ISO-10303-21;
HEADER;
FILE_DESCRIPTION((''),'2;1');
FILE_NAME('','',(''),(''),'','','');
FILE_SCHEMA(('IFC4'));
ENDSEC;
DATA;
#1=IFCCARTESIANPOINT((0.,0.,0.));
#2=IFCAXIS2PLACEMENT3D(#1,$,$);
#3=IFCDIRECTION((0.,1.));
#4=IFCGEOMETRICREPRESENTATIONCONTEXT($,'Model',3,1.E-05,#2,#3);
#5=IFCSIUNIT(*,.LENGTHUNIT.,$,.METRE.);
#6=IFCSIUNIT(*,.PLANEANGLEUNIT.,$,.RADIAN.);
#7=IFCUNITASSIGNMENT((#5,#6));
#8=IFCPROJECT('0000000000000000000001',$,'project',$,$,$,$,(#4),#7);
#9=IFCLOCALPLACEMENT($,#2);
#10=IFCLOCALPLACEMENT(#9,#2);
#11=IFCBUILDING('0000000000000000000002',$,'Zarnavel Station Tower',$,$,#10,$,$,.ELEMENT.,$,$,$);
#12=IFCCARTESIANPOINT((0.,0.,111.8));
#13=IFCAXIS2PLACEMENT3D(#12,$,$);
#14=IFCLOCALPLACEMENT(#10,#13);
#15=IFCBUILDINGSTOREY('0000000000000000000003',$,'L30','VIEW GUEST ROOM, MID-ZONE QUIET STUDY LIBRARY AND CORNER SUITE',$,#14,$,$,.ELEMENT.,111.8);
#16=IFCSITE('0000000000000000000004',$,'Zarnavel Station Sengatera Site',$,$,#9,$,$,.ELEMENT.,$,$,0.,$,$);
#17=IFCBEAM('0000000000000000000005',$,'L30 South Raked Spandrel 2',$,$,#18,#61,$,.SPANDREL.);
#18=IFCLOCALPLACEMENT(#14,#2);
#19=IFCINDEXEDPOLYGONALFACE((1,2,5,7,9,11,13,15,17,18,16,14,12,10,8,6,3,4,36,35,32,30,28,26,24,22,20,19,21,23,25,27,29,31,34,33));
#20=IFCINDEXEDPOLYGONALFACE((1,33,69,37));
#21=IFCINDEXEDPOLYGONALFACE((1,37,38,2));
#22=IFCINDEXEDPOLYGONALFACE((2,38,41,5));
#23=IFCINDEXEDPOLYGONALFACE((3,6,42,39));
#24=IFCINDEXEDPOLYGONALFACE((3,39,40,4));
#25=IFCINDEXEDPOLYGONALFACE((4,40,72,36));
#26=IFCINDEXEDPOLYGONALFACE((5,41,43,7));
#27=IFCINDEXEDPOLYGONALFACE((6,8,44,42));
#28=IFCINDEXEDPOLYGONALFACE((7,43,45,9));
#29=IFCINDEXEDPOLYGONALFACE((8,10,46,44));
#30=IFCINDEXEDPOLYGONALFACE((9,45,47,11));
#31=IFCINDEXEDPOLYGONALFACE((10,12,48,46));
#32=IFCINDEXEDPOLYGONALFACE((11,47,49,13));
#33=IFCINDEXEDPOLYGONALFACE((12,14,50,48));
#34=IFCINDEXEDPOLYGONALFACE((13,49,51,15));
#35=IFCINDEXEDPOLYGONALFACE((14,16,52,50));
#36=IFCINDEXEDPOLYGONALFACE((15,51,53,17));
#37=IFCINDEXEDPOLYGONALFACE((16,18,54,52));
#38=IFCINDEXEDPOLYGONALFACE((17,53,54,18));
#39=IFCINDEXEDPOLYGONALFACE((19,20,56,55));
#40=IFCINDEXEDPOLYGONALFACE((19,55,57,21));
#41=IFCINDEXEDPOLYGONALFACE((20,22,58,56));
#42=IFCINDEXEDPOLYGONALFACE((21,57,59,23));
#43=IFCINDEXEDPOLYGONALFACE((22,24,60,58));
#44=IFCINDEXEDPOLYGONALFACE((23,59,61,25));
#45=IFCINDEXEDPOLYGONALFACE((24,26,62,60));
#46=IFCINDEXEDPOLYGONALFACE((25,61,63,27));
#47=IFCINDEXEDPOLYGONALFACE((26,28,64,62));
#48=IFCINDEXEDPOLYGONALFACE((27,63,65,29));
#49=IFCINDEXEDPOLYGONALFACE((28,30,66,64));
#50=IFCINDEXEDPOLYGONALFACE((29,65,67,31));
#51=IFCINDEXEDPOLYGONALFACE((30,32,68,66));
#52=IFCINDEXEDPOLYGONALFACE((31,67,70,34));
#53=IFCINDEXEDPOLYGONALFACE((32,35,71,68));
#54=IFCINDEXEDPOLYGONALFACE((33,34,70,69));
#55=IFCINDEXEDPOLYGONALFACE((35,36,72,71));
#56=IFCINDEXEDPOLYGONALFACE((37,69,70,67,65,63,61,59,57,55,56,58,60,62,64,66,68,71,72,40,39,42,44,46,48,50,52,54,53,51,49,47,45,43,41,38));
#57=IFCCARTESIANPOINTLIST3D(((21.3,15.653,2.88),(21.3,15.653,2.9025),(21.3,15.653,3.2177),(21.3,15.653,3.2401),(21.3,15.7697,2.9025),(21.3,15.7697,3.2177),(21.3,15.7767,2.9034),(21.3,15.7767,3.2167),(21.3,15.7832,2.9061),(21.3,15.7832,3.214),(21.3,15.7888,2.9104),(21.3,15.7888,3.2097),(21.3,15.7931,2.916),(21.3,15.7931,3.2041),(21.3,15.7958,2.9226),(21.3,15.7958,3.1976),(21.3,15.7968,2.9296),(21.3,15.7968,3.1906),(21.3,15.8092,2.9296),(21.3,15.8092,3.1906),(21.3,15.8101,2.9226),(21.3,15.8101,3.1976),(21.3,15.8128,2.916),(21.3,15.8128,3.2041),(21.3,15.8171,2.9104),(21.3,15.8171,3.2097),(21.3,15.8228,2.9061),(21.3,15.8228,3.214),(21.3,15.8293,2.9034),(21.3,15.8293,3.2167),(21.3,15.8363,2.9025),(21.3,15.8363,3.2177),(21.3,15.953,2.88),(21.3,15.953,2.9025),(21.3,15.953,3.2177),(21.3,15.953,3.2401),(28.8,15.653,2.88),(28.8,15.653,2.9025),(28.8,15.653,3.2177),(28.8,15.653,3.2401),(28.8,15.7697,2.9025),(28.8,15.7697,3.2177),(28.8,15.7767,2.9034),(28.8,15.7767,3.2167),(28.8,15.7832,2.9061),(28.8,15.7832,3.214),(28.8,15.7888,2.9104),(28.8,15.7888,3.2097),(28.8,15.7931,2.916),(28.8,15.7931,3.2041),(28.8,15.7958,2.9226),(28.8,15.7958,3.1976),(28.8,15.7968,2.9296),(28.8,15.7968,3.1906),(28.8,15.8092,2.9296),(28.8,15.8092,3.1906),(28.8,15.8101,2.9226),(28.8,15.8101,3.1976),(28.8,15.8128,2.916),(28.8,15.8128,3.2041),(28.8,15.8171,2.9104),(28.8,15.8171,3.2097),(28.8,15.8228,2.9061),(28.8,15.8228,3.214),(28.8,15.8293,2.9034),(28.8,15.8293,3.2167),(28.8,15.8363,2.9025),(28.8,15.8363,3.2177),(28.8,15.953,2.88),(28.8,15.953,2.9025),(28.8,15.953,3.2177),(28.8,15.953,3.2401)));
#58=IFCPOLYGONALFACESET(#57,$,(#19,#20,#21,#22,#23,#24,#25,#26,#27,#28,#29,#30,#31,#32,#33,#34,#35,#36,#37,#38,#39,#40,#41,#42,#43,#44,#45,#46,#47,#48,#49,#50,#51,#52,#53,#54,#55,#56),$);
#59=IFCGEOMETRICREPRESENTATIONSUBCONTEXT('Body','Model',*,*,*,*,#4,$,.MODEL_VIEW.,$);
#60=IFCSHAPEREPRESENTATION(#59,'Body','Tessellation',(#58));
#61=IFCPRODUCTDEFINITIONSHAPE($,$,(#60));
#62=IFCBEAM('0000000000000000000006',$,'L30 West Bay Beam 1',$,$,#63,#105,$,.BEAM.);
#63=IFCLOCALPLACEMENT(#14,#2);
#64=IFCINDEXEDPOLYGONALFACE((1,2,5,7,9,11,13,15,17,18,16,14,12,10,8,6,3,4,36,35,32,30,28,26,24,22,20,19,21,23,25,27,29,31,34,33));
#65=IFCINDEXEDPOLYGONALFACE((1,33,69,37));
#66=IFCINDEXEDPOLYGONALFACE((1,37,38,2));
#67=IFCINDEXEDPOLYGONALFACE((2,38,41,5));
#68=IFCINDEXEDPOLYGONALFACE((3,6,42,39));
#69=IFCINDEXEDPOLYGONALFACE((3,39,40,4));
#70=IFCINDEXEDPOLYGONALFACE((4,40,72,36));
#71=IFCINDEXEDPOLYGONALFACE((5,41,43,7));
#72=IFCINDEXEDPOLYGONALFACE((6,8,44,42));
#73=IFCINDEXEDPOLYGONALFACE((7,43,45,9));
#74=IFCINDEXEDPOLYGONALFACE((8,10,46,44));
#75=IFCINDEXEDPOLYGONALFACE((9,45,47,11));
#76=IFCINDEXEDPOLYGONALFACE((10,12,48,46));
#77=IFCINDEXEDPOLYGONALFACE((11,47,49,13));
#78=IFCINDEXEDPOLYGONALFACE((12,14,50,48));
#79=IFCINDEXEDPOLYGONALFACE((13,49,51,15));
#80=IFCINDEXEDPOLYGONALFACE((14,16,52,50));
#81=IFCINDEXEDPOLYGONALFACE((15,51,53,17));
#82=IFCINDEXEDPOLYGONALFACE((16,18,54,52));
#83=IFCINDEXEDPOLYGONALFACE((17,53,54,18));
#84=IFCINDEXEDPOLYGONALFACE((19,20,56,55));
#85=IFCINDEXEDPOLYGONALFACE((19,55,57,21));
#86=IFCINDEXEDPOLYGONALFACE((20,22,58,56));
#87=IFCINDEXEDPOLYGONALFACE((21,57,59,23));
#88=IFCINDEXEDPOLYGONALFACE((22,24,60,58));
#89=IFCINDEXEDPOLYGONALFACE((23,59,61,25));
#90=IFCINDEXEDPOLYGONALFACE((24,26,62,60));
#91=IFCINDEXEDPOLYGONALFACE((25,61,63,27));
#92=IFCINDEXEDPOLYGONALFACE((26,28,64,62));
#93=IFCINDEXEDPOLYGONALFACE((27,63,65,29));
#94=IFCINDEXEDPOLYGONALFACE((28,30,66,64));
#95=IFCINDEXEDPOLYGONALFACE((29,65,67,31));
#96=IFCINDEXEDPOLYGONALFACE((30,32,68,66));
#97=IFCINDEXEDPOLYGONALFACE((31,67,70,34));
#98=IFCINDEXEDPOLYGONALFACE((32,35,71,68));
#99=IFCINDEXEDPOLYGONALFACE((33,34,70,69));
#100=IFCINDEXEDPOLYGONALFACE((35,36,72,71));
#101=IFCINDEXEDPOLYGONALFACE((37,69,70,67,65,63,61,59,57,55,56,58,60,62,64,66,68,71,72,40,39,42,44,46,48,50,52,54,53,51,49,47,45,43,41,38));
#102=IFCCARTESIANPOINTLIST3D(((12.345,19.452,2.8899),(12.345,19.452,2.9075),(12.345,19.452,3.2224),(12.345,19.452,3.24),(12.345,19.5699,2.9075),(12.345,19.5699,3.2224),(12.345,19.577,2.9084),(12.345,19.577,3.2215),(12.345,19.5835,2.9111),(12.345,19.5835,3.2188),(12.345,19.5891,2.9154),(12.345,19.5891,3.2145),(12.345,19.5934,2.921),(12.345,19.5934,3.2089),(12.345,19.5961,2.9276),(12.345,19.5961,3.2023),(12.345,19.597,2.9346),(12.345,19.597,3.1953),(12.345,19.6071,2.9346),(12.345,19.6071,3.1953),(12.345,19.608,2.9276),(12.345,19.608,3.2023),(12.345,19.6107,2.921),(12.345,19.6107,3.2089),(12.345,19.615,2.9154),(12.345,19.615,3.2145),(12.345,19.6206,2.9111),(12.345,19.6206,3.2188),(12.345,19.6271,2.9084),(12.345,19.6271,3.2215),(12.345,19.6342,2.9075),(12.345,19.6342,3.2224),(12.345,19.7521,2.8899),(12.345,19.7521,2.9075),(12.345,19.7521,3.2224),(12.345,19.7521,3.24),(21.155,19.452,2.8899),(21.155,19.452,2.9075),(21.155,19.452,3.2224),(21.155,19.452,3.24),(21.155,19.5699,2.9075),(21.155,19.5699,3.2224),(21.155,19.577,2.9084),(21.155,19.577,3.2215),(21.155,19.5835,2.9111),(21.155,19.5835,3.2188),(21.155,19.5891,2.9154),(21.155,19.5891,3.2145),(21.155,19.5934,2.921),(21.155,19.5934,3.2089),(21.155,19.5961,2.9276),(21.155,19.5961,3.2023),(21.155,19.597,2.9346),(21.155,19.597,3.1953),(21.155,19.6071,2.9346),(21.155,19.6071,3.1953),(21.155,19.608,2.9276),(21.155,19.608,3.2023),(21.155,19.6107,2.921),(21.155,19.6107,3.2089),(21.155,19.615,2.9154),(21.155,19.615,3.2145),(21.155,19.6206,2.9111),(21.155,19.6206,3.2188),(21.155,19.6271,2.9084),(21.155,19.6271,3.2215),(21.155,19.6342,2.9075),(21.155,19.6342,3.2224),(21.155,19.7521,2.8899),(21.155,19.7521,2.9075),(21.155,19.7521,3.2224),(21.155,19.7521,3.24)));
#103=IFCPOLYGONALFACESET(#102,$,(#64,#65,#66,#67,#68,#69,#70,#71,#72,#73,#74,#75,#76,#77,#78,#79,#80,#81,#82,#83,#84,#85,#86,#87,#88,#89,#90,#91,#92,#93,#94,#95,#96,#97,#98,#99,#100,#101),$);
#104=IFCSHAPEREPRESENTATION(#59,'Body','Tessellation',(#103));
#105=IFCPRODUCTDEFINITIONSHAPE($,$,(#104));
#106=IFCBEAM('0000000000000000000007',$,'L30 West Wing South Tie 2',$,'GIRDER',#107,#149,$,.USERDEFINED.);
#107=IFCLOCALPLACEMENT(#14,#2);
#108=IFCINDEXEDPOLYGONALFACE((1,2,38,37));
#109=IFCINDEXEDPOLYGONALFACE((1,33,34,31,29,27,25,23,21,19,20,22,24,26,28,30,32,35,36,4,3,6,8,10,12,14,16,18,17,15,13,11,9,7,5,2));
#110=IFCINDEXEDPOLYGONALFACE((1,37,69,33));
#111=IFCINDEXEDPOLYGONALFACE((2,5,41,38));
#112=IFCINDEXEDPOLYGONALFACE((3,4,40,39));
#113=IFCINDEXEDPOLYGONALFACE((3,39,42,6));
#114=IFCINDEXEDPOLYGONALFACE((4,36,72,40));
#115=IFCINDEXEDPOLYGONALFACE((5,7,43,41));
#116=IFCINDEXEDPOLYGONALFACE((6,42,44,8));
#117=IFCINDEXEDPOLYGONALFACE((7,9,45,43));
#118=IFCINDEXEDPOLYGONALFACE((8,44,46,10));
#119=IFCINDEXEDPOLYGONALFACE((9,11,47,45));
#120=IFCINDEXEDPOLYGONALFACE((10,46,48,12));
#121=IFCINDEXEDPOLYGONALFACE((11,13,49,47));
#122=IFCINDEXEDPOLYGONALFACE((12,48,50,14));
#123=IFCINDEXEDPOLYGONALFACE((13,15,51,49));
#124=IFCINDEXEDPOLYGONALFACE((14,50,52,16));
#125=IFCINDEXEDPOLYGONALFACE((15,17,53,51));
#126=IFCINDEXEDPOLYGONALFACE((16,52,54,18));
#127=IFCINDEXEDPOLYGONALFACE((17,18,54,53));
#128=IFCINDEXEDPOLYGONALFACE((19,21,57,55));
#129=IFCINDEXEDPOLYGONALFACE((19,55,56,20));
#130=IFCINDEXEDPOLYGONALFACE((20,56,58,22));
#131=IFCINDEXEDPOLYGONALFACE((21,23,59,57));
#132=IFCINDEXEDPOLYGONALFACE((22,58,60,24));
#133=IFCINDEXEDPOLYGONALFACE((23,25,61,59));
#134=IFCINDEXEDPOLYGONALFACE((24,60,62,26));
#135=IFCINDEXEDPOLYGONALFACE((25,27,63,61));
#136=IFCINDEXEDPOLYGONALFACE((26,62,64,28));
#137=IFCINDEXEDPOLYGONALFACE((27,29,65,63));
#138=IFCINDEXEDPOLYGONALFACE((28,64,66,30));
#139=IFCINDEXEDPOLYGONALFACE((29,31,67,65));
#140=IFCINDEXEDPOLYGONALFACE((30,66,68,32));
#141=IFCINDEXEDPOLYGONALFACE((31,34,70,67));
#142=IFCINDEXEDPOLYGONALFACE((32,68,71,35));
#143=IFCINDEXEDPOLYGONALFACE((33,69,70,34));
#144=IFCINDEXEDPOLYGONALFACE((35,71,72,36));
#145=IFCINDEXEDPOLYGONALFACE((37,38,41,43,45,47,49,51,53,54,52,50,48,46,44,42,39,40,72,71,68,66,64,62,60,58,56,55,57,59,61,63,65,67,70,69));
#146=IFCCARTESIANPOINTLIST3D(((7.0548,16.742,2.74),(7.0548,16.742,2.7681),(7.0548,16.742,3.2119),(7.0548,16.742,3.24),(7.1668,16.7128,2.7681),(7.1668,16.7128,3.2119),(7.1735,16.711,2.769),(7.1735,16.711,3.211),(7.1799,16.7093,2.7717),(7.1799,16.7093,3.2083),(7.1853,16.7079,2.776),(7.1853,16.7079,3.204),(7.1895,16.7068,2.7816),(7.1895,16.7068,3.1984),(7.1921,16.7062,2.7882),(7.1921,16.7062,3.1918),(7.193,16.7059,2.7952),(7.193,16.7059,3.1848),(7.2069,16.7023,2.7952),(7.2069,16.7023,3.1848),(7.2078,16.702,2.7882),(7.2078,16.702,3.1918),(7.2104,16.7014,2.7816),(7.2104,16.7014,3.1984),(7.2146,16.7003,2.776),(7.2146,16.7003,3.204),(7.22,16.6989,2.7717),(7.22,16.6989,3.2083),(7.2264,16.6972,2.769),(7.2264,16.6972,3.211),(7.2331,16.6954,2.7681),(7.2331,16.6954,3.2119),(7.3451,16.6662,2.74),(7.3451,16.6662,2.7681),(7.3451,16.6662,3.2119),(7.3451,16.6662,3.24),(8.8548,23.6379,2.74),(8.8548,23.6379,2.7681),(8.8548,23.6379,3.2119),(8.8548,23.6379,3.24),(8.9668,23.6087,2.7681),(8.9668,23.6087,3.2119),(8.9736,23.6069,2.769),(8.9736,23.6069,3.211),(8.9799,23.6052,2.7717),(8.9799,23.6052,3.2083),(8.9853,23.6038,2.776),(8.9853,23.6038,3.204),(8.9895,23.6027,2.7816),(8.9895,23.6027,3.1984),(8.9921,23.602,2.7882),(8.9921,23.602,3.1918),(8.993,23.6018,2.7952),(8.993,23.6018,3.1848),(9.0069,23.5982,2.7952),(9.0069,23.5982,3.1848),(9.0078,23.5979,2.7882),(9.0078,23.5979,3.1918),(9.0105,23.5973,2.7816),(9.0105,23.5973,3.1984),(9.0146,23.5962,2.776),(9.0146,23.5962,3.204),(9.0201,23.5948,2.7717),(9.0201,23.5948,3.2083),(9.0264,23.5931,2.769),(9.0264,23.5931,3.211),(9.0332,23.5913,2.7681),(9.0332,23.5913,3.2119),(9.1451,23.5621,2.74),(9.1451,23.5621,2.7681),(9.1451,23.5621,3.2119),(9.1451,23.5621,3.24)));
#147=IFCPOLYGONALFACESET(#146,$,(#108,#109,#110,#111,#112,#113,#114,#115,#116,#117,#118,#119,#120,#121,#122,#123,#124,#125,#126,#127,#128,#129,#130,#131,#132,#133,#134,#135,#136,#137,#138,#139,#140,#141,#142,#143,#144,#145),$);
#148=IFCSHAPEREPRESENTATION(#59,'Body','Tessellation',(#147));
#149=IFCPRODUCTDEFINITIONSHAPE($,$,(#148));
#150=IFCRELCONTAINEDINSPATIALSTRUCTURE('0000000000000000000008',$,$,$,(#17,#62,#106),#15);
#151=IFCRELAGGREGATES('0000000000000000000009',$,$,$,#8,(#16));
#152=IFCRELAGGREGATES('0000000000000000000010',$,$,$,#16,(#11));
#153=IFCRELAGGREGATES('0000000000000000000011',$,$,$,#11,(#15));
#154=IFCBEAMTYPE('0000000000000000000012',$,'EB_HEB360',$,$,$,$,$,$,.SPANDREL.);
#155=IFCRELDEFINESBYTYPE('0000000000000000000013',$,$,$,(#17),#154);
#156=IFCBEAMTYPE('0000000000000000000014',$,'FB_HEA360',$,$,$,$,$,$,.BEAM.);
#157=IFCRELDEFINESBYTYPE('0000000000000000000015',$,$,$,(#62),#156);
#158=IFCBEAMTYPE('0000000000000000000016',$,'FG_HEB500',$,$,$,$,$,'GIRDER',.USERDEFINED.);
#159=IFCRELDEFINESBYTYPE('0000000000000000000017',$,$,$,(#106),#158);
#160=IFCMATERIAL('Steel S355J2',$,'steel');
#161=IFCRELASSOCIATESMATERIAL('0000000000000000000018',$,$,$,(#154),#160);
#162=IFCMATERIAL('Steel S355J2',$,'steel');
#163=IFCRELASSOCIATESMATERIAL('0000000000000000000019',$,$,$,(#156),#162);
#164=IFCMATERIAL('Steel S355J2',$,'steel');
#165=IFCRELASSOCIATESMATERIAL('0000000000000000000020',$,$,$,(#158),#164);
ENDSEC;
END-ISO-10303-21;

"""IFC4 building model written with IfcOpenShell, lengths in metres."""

from ifc_helpers import new_model, si_unit, direction, frame, origin, origin_2d, place, context, subcontext, project, spatial, i_section, extrude, material, material_profile, profile_set, type_object, element, save


model = new_model("IFC4")

# Units and contexts
model_context = context("Model", 3, precision=1e-05, world=origin(), true_north=direction((0.0, 1.0)))
body_context = subcontext(model_context, "Body", "Model", "MODEL_VIEW")
ifc_project = project(units=[si_unit("LENGTHUNIT", "METRE"), si_unit("PLANEANGLEUNIT", "RADIAN")], contexts=[model_context])

# Site, building, storey
site_placement = place(None, origin())
site = spatial("IfcSite", under=ifc_project, at=site_placement, Name="Zarnavel Station Sengatera Site", CompositionType="ELEMENT", RefElevation=0.0)
building_placement = place(site_placement, origin())
building = spatial("IfcBuilding", under=site, at=building_placement, Name="Zarnavel Station Tower", CompositionType="ELEMENT")
storey_placement = place(building_placement, frame((0.0, 0.0, 111.8)))
storey = spatial("IfcBuildingStorey", under=building, at=storey_placement, Name="L30", Description="VIEW GUEST ROOM, MID-ZONE QUIET STUDY LIBRARY AND CORNER SUITE", CompositionType="ELEMENT", Elevation=111.8)

# Beams
ifc_material_1 = material(Name="Steel S355J2", Category="steel")
ifc_material_profile_1 = material_profile(ifc_material_1, i_section(OverallWidth=0.3, OverallDepth=0.3601, WebThickness=0.0125, FlangeThickness=0.0225, FilletRadius=0.0271, at=origin_2d()), Name="HEB360")
ifc_profile_set_1 = profile_set([ifc_material_profile_1], Name="Steel S355J2")
beam_type_1 = type_object("IfcBeamType", Name="EB_HEB360", PredefinedType="SPANDREL", material=ifc_profile_set_1)
beam_1_placement = place(storey_placement, frame((21.3, 15.803, 3.0601), z_axis=(1.0, 0.0, 0.0), x_axis=(0.0, 1.0, 0.0)))
element("IfcBeam", 1, at=beam_1_placement, inside=storey, type_object=beam_type_1, Name="L30 South Raked Spandrel 2", PredefinedType="SPANDREL", context=body_context, shape_type="SweptSolid", body=[
    extrude(i_section(OverallWidth=0.3, OverallDepth=0.3601, WebThickness=0.0125, FlangeThickness=0.0225, FilletRadius=0.0271, at=origin_2d()), origin(), (0.0, 0.0, 1.0), 7.5),
])
ifc_material_2 = material(Name="Steel S355J2", Category="steel")
ifc_material_profile_2 = material_profile(ifc_material_2, i_section(OverallWidth=0.3, OverallDepth=0.3501, WebThickness=0.01, FlangeThickness=0.0176, FilletRadius=0.0271, at=origin_2d()), Name="HEA360")
ifc_profile_set_2 = profile_set([ifc_material_profile_2], Name="Steel S355J2")
beam_type_2 = type_object("IfcBeamType", Name="FB_HEA360", PredefinedType="BEAM", material=ifc_profile_set_2)
beam_2_placement = place(storey_placement, frame((12.345, 19.6021, 3.0649), z_axis=(1.0, 0.0, 0.0), x_axis=(0.0, 1.0, 0.0)))
element("IfcBeam", 2, at=beam_2_placement, inside=storey, type_object=beam_type_2, Name="L30 West Bay Beam 1", PredefinedType="BEAM", context=body_context, shape_type="SweptSolid", body=[
    extrude(i_section(OverallWidth=0.3, OverallDepth=0.3501, WebThickness=0.01, FlangeThickness=0.0176, FilletRadius=0.0271, at=origin_2d()), origin(), (0.0, 0.0, 1.0), 8.8101),
])
ifc_material_3 = material(Name="Steel S355J2", Category="steel")
ifc_material_profile_3 = material_profile(ifc_material_3, i_section(OverallWidth=0.3, OverallDepth=0.5, WebThickness=0.0144, FlangeThickness=0.0281, FilletRadius=0.0271, at=origin_2d()), Name="HEB500")
ifc_profile_set_3 = profile_set([ifc_material_profile_3], Name="Steel S355J2")
beam_type_3 = type_object("IfcBeamType", Name="FG_HEB500", ElementType="GIRDER", PredefinedType="USERDEFINED", material=ifc_profile_set_3)
beam_3_placement = place(storey_placement, frame((7.2, 16.7041, 2.99), z_axis=(0.252566, 0.96758, 0.0), x_axis=(-0.96758, 0.252566, 0.0)))
element("IfcBeam", 3, at=beam_3_placement, inside=storey, type_object=beam_type_3, Name="L30 West Wing South Tie 2", ObjectType="GIRDER", PredefinedType="USERDEFINED", context=body_context, shape_type="SweptSolid", body=[
    extrude(i_section(OverallWidth=0.3, OverallDepth=0.5, WebThickness=0.0144, FlangeThickness=0.0281, FilletRadius=0.0271, at=origin_2d()), origin(), (0.0, 0.0, 1.0), 7.127),
])

save(model, "model.ifc")
